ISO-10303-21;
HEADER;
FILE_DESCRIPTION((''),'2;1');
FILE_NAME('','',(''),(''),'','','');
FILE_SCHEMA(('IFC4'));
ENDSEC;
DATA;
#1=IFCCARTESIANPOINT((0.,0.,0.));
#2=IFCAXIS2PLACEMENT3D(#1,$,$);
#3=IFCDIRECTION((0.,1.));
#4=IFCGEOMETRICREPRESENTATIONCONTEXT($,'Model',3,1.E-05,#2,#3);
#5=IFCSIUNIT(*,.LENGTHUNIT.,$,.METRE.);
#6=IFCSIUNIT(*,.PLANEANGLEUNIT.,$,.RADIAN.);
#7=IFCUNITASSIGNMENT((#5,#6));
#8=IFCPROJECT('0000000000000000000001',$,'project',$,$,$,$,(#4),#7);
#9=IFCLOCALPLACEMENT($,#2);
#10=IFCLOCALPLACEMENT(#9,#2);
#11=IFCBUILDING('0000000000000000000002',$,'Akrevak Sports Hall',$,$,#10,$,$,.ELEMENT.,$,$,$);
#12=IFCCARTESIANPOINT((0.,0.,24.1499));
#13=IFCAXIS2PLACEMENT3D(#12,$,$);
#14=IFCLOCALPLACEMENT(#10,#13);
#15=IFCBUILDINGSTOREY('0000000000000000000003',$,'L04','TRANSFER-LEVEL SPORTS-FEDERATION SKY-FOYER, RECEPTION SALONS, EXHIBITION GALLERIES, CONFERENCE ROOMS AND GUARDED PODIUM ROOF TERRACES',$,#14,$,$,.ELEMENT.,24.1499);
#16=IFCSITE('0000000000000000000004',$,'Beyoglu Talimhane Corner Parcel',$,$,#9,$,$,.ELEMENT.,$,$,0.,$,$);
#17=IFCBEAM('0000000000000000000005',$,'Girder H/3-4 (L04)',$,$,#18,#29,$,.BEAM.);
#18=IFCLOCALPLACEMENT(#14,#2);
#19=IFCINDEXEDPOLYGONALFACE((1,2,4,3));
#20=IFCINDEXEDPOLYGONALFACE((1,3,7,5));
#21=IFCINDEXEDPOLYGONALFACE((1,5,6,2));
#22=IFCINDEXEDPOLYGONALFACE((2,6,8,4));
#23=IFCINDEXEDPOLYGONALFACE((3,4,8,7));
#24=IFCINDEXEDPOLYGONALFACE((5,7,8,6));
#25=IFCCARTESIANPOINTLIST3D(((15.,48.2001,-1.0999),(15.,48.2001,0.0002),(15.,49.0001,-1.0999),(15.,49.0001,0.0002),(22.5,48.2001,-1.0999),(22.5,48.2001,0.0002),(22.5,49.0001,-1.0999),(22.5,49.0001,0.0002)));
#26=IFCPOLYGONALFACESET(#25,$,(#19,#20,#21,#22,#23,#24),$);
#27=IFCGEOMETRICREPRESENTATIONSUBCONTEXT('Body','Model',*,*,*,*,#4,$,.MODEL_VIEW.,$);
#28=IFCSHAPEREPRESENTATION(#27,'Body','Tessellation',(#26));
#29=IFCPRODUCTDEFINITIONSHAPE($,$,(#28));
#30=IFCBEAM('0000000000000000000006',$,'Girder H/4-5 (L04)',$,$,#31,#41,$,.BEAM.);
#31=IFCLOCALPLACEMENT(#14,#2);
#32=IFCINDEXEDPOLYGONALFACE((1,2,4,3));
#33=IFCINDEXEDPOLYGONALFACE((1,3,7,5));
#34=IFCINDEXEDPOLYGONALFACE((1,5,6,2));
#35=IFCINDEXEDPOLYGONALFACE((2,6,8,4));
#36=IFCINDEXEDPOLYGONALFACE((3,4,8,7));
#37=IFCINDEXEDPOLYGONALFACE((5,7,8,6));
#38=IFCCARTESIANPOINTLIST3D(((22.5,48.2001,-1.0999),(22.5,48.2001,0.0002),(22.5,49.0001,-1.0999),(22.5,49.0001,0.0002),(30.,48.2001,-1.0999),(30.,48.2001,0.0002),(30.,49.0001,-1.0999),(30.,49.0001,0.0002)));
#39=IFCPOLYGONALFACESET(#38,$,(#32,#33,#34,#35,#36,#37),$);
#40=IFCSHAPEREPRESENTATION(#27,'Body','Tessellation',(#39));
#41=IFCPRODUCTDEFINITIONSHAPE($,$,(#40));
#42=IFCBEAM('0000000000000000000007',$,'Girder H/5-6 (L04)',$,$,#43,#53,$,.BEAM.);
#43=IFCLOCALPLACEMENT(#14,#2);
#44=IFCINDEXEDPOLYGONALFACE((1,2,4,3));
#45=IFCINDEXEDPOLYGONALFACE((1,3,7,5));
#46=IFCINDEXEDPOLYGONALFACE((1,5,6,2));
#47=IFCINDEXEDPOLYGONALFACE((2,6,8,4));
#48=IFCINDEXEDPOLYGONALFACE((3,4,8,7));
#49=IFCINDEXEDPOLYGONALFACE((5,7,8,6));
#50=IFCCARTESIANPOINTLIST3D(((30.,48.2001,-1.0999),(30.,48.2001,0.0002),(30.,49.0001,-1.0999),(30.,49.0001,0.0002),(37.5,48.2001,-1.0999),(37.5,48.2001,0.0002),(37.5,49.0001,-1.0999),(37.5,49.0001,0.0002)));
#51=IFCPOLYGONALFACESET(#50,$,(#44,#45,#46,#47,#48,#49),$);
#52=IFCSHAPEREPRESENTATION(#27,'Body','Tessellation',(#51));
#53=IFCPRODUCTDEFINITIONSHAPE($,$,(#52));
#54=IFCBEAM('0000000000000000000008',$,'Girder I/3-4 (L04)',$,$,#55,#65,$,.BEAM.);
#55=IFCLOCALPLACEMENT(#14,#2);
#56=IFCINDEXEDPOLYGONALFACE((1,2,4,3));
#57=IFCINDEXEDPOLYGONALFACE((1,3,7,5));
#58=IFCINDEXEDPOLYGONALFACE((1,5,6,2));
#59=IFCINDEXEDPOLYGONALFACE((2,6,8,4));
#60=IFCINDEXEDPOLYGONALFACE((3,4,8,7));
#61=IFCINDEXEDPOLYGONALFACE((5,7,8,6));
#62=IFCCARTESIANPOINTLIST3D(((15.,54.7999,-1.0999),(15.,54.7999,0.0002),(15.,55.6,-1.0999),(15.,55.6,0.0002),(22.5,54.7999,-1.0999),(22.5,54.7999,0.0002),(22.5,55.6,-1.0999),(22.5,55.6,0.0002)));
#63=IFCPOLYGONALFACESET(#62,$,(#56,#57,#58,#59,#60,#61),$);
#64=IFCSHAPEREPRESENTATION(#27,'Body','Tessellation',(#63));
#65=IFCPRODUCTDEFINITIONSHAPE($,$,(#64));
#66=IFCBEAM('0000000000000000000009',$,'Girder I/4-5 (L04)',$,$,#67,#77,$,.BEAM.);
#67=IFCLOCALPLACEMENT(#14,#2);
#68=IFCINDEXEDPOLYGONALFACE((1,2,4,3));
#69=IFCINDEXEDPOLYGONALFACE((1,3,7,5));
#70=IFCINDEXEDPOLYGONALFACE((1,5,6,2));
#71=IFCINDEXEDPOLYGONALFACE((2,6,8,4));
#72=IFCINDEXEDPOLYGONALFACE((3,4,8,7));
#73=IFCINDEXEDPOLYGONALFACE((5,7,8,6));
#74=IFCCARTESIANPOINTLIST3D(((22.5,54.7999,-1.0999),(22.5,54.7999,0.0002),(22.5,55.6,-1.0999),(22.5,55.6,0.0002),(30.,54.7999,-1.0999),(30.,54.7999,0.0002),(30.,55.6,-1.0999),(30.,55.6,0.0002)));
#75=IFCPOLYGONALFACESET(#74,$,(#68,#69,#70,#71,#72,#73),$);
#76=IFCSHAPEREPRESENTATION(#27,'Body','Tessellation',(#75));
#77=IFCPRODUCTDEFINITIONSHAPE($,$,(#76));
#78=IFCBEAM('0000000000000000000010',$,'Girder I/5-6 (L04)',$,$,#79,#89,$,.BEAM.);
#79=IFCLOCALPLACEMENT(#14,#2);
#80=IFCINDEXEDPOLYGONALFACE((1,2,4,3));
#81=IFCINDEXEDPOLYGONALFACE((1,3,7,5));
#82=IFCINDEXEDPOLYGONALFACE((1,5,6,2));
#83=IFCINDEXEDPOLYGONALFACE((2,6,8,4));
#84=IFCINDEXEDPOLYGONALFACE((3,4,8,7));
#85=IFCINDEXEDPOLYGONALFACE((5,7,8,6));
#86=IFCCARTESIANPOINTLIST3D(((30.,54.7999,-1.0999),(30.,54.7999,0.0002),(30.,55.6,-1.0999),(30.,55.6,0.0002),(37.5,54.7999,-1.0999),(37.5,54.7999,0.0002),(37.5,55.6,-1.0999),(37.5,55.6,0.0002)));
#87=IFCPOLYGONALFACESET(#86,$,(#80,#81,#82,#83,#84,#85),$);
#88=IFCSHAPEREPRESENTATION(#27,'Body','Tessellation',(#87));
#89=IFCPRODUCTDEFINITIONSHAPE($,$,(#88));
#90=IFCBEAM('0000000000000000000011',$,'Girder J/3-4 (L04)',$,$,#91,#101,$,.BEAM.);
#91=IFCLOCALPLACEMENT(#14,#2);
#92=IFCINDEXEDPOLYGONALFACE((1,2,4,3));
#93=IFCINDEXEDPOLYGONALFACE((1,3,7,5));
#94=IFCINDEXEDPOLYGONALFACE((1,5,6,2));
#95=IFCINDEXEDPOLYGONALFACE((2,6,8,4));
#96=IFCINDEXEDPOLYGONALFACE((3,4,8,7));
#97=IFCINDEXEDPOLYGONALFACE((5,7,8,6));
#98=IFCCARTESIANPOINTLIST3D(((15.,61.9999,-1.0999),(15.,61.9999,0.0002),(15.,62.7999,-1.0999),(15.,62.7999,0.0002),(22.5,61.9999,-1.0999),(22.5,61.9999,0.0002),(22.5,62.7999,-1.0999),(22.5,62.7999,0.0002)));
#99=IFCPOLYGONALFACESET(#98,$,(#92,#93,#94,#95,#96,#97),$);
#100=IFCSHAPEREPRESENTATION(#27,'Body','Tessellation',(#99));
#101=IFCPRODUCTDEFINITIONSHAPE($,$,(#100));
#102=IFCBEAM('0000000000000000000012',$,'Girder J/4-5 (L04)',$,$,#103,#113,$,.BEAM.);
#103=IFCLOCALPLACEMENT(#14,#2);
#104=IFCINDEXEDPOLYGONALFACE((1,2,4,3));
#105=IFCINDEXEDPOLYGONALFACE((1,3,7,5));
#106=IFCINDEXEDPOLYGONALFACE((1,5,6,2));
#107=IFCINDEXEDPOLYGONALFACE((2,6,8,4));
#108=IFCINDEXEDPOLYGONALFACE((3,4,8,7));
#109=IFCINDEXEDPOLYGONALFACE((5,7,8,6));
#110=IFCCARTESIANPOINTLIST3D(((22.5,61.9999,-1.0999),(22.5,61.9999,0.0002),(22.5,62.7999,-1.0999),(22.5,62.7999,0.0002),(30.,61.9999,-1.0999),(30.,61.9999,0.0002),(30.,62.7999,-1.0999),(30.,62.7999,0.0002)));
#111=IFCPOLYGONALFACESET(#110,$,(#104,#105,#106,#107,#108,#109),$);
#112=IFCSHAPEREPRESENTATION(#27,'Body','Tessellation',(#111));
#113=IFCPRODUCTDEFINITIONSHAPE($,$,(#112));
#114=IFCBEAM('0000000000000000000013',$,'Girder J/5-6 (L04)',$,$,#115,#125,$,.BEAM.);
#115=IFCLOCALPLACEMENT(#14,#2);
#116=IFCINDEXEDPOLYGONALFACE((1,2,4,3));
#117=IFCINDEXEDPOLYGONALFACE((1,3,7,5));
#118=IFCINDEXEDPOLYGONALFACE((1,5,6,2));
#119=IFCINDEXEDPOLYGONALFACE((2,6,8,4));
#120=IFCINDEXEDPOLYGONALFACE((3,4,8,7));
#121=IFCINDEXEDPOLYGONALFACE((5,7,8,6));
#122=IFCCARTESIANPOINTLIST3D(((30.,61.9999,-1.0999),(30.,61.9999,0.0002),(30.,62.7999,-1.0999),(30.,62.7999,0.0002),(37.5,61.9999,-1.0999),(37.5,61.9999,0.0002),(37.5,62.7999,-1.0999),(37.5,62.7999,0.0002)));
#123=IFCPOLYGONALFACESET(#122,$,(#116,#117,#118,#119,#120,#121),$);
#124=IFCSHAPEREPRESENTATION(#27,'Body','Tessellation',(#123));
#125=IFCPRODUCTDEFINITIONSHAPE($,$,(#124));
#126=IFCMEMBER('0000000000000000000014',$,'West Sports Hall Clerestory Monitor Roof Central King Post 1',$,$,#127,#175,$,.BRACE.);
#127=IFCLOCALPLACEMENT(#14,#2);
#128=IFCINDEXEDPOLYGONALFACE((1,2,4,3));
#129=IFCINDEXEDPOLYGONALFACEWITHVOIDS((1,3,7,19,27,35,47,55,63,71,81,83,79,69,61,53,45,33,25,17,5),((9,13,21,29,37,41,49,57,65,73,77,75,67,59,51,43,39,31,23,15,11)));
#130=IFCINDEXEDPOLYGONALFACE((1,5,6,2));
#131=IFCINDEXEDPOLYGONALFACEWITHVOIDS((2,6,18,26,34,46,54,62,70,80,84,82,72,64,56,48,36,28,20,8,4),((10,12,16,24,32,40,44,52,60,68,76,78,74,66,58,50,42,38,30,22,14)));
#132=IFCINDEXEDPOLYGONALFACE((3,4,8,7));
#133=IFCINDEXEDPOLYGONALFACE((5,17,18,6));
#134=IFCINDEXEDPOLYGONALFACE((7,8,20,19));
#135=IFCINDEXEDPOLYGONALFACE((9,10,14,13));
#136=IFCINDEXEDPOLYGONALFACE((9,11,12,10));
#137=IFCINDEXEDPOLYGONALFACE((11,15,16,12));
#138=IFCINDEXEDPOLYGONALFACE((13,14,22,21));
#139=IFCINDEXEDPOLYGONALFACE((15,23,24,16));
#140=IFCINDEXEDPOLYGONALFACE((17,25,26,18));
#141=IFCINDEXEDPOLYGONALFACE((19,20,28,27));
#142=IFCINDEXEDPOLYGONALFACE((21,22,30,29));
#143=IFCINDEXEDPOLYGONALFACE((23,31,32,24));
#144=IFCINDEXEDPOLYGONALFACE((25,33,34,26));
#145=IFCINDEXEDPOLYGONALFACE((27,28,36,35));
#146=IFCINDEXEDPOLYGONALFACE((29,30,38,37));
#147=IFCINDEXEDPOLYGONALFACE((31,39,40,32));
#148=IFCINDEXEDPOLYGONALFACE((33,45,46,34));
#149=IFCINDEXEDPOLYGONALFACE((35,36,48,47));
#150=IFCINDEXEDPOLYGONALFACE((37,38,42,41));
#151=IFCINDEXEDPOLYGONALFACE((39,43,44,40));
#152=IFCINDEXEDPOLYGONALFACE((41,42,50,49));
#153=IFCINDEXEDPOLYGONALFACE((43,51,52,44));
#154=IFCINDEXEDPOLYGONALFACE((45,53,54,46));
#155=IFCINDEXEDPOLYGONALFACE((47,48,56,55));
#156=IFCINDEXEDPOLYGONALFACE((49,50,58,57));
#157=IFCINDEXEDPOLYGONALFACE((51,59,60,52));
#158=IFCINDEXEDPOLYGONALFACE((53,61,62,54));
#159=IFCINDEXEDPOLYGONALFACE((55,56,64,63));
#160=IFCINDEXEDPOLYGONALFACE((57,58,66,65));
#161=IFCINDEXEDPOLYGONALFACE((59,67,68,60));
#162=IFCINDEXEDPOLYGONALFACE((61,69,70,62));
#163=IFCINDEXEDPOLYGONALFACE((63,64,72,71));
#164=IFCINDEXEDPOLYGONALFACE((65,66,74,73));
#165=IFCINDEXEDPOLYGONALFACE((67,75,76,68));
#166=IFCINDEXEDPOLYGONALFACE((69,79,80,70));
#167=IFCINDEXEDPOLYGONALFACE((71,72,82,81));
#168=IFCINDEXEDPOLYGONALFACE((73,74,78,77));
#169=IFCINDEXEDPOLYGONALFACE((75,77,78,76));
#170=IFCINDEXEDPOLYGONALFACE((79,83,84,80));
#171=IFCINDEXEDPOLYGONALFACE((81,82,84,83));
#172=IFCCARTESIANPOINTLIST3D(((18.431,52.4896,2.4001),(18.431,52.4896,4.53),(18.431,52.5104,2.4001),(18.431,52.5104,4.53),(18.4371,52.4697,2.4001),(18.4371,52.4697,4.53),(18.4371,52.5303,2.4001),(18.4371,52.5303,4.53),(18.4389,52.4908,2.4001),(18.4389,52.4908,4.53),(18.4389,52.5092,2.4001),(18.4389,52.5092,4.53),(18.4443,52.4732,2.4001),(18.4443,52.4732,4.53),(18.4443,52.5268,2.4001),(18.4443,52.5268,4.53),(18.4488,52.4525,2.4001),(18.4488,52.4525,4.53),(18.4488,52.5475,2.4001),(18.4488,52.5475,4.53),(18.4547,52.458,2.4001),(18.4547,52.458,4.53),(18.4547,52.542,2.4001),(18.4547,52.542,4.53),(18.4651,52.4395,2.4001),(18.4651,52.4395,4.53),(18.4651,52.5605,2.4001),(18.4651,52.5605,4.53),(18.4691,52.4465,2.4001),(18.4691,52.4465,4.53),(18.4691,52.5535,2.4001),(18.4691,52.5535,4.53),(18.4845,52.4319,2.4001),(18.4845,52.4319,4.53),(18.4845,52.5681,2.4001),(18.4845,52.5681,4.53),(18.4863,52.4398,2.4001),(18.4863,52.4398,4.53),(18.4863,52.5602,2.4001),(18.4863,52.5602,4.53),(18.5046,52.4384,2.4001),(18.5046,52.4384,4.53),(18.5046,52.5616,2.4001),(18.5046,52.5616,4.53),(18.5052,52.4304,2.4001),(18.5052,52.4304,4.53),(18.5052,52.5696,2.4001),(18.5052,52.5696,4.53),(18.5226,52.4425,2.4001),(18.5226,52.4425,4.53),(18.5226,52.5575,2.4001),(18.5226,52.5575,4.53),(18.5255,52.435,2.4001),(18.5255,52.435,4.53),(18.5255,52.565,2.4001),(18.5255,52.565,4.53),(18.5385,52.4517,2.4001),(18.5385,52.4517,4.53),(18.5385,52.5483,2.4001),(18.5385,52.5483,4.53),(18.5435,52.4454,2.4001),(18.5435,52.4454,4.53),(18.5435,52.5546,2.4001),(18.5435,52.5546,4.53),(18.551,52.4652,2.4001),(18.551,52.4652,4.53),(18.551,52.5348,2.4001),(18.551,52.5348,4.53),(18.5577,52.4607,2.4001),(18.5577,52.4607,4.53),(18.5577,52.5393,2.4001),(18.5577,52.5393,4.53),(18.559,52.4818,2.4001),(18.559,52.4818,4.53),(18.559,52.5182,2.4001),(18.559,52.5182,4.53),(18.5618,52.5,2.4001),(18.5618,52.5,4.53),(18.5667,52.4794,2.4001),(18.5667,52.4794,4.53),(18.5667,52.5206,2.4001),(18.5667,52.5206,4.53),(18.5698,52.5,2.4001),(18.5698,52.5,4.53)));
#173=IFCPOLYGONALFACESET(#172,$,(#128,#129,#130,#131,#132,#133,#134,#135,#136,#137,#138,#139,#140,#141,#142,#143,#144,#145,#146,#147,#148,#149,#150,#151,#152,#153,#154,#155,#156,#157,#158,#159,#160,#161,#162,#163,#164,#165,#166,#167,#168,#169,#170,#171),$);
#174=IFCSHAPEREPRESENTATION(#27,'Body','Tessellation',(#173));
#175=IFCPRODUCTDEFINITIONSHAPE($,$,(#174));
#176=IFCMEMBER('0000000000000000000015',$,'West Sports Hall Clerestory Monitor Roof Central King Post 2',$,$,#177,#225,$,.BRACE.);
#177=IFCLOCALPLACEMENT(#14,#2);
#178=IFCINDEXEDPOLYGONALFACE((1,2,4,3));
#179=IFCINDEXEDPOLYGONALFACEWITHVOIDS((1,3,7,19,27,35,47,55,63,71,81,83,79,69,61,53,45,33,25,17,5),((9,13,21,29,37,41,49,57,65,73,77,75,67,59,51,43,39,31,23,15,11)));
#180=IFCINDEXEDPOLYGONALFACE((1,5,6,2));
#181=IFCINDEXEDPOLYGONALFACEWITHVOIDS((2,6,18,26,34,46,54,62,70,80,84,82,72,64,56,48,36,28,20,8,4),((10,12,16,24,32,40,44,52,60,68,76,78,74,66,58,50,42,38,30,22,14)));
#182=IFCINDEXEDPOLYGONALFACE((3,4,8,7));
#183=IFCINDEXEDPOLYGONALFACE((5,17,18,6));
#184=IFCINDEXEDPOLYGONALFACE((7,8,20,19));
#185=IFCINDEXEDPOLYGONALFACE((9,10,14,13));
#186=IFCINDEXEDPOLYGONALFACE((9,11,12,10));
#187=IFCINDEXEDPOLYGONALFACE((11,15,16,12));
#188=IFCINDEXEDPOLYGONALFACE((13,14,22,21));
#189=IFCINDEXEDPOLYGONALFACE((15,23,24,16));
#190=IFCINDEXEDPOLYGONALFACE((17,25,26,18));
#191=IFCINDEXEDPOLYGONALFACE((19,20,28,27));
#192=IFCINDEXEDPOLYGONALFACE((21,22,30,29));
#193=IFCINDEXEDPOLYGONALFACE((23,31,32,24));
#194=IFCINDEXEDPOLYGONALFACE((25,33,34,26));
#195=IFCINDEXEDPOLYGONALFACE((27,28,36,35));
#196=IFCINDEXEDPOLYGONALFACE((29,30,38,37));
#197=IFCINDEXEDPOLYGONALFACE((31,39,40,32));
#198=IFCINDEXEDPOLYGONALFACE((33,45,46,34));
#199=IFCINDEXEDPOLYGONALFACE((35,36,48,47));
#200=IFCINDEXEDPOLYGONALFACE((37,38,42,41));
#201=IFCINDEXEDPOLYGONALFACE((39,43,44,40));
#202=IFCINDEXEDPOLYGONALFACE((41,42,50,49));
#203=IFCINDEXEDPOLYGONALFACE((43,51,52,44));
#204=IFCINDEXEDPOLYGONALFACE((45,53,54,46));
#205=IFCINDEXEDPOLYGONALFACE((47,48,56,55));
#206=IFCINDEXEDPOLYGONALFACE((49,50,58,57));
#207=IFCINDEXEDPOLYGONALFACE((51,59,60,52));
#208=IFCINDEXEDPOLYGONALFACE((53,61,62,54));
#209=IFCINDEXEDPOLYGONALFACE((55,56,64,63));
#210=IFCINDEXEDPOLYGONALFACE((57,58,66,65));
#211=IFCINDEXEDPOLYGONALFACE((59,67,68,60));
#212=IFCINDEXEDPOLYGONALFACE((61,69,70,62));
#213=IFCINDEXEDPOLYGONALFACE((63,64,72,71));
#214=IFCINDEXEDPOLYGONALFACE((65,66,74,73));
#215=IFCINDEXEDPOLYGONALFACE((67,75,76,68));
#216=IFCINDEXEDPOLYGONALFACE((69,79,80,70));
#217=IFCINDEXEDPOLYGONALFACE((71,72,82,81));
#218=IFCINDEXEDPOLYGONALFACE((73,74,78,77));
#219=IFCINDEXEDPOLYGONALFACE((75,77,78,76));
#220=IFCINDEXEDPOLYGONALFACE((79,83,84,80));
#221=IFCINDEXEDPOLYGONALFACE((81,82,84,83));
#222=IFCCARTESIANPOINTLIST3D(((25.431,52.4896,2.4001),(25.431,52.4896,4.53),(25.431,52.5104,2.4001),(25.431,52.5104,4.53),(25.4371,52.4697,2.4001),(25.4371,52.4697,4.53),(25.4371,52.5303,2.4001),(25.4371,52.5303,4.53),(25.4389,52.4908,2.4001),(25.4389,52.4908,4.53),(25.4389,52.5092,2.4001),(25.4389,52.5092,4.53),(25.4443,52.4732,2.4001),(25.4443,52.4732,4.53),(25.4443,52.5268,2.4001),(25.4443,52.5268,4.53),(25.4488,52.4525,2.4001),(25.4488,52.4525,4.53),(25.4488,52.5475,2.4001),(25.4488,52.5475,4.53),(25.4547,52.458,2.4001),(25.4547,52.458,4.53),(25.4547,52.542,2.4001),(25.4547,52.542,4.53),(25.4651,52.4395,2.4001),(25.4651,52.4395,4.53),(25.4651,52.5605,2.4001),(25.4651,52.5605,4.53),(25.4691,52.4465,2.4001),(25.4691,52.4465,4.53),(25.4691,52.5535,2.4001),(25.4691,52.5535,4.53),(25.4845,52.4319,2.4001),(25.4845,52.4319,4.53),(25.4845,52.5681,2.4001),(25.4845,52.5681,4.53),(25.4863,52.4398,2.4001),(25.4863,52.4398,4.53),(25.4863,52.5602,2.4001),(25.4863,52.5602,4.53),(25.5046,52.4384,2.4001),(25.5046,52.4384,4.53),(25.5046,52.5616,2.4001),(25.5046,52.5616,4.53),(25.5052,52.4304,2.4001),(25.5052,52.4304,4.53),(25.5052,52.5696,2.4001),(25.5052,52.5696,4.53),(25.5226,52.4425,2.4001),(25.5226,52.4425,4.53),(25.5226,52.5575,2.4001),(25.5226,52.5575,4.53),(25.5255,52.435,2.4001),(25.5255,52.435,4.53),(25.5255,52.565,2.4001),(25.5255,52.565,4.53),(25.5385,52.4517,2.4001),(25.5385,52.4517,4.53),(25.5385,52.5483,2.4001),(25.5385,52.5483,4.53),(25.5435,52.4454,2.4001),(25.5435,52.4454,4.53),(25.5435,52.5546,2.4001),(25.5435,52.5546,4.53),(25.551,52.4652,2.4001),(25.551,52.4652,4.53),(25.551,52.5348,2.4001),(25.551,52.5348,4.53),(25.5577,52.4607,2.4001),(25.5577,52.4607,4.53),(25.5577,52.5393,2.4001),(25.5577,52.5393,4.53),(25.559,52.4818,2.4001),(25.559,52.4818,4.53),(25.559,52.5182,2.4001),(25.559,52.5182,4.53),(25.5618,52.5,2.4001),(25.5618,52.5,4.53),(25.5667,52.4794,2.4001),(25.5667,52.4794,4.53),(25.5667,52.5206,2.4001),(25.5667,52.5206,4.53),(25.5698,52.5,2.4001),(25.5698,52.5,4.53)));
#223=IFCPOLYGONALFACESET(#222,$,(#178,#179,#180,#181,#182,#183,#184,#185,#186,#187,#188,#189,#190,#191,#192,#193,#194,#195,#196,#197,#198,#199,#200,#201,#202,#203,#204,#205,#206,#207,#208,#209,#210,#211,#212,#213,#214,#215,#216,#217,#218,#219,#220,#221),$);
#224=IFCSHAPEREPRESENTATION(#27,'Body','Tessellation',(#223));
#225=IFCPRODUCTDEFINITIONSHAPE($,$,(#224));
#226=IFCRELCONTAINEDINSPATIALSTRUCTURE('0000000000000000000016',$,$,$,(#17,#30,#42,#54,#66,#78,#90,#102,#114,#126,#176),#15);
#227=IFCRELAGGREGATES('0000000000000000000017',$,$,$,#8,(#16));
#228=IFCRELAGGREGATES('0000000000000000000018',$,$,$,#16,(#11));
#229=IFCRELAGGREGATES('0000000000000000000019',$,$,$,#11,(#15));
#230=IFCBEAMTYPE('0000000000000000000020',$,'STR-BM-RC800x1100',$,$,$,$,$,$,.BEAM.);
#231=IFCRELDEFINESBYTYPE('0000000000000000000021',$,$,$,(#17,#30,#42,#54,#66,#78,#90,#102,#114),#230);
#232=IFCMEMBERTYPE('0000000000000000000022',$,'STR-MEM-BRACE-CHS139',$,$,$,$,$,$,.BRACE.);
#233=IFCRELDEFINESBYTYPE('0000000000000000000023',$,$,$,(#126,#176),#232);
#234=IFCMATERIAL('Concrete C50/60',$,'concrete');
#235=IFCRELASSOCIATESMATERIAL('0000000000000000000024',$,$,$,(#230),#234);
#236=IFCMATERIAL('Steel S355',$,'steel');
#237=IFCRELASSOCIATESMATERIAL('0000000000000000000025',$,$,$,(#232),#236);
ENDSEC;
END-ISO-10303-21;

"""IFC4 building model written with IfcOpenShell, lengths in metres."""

from ifc_helpers import new_model, si_unit, direction, frame, origin, origin_2d, place, context, subcontext, project, spatial, rectangle, hollow_circle, extrude, material, material_profile, profile_set, type_object, element, save


model = new_model("IFC4")

# Units and contexts
model_context = context("Model", 3, precision=1e-05, world=origin(), true_north=direction((0.0, 1.0)))
body_context = subcontext(model_context, "Body", "Model", "MODEL_VIEW")
ifc_project = project(units=[si_unit("LENGTHUNIT", "METRE"), si_unit("PLANEANGLEUNIT", "RADIAN")], contexts=[model_context])

# Site, building, storey
site_placement = place(None, origin())
site = spatial("IfcSite", under=ifc_project, at=site_placement, Name="Beyoglu Talimhane Corner Parcel", CompositionType="ELEMENT", RefElevation=0.0)
building_placement = place(site_placement, origin())
building = spatial("IfcBuilding", under=site, at=building_placement, Name="Akrevak Sports Hall", CompositionType="ELEMENT")
storey_placement = place(building_placement, frame((0.0, 0.0, 24.1499)))
storey = spatial("IfcBuildingStorey", under=building, at=storey_placement, Name="L04", Description="TRANSFER-LEVEL SPORTS-FEDERATION SKY-FOYER, RECEPTION SALONS, EXHIBITION GALLERIES, CONFERENCE ROOMS AND GUARDED PODIUM ROOF TERRACES", CompositionType="ELEMENT", Elevation=24.1499)

# Beams
ifc_material_1 = material(Name="Concrete C50/60", Category="concrete")
ifc_material_profile_1 = material_profile(ifc_material_1, rectangle(XDim=0.8, YDim=1.1001, at=origin_2d()), Name="BM 800x1100", Category="concrete")
ifc_profile_set_1 = profile_set([ifc_material_profile_1], Name="Concrete C50/60")
beam_type_1 = type_object("IfcBeamType", Name="STR-BM-RC800x1100", PredefinedType="BEAM", material=ifc_profile_set_1)
for number, where, z_axis, x_axis, name in (
    (1, (15.0, 48.6001, -0.5498), (1.0, 0.0, 0.0), (0.0, 1.0, 0.0), "Girder H/3-4 (L04)"),
    (2, (22.5, 48.6001, -0.5498), (1.0, 0.0, 0.0), (0.0, 1.0, 0.0), "Girder H/4-5 (L04)"),
    (3, (30.0, 48.6001, -0.5498), (1.0, 0.0, 0.0), (0.0, 1.0, 0.0), "Girder H/5-6 (L04)"),
    (4, (15.0, 55.2, -0.5498), (1.0, 0.0, 0.0), (0.0, 1.0, 0.0), "Girder I/3-4 (L04)"),
    (5, (22.5, 55.2, -0.5498), (1.0, 0.0, 0.0), (0.0, 1.0, 0.0), "Girder I/4-5 (L04)"),
    (6, (30.0, 55.2, -0.5498), (1.0, 0.0, 0.0), (0.0, 1.0, 0.0), "Girder I/5-6 (L04)"),
    (7, (15.0, 62.3999, -0.5498), (1.0, 0.0, 0.0), (0.0, 1.0, 0.0), "Girder J/3-4 (L04)"),
    (8, (22.5, 62.3999, -0.5498), (1.0, 0.0, 0.0), (0.0, 1.0, 0.0), "Girder J/4-5 (L04)"),
    (9, (30.0, 62.3999, -0.5498), (1.0, 0.0, 0.0), (0.0, 1.0, 0.0), "Girder J/5-6 (L04)"),
):
    element("IfcBeam", number, at=place(storey_placement, frame(where, z_axis=z_axis, x_axis=x_axis)), inside=storey, type_object=beam_type_1, Name=name, PredefinedType="BEAM", context=body_context, shape_type="SweptSolid", body=[
        extrude(rectangle(XDim=0.8, YDim=1.1001, at=origin_2d()), origin(), (0.0, 0.0, 1.0), 7.5),
    ])

# Members
ifc_material_2 = material(Name="Steel S355", Category="steel")
ifc_material_profile_2 = material_profile(ifc_material_2, hollow_circle(Radius=0.0698, WallThickness=0.0081, at=origin_2d()), Name="CHS 139.7x8", Category="steel")
ifc_profile_set_2 = profile_set([ifc_material_profile_2], Name="Steel S355")
member_type_1 = type_object("IfcMemberType", Name="STR-MEM-BRACE-CHS139", PredefinedType="BRACE", material=ifc_profile_set_2)
for number, where, z_axis, x_axis, name in (
    (10, (18.5, 52.5, 2.4001), (0.0, 0.0, 1.0), (1.0, 0.0, 0.0), "West Sports Hall Clerestory Monitor Roof Central King Post 1"),
    (11, (25.5, 52.5, 2.4001), (0.0, 0.0, 1.0), (1.0, 0.0, 0.0), "West Sports Hall Clerestory Monitor Roof Central King Post 2"),
):
    element("IfcMember", number, at=place(storey_placement, frame(where, z_axis=z_axis, x_axis=x_axis)), inside=storey, type_object=member_type_1, Name=name, PredefinedType="BRACE", context=body_context, shape_type="SweptSolid", body=[
        extrude(hollow_circle(Radius=0.0698, WallThickness=0.0081, at=origin_2d()), origin(), (0.0, 0.0, 1.0), 2.1299),
    ])

save(model, "model.ifc")
